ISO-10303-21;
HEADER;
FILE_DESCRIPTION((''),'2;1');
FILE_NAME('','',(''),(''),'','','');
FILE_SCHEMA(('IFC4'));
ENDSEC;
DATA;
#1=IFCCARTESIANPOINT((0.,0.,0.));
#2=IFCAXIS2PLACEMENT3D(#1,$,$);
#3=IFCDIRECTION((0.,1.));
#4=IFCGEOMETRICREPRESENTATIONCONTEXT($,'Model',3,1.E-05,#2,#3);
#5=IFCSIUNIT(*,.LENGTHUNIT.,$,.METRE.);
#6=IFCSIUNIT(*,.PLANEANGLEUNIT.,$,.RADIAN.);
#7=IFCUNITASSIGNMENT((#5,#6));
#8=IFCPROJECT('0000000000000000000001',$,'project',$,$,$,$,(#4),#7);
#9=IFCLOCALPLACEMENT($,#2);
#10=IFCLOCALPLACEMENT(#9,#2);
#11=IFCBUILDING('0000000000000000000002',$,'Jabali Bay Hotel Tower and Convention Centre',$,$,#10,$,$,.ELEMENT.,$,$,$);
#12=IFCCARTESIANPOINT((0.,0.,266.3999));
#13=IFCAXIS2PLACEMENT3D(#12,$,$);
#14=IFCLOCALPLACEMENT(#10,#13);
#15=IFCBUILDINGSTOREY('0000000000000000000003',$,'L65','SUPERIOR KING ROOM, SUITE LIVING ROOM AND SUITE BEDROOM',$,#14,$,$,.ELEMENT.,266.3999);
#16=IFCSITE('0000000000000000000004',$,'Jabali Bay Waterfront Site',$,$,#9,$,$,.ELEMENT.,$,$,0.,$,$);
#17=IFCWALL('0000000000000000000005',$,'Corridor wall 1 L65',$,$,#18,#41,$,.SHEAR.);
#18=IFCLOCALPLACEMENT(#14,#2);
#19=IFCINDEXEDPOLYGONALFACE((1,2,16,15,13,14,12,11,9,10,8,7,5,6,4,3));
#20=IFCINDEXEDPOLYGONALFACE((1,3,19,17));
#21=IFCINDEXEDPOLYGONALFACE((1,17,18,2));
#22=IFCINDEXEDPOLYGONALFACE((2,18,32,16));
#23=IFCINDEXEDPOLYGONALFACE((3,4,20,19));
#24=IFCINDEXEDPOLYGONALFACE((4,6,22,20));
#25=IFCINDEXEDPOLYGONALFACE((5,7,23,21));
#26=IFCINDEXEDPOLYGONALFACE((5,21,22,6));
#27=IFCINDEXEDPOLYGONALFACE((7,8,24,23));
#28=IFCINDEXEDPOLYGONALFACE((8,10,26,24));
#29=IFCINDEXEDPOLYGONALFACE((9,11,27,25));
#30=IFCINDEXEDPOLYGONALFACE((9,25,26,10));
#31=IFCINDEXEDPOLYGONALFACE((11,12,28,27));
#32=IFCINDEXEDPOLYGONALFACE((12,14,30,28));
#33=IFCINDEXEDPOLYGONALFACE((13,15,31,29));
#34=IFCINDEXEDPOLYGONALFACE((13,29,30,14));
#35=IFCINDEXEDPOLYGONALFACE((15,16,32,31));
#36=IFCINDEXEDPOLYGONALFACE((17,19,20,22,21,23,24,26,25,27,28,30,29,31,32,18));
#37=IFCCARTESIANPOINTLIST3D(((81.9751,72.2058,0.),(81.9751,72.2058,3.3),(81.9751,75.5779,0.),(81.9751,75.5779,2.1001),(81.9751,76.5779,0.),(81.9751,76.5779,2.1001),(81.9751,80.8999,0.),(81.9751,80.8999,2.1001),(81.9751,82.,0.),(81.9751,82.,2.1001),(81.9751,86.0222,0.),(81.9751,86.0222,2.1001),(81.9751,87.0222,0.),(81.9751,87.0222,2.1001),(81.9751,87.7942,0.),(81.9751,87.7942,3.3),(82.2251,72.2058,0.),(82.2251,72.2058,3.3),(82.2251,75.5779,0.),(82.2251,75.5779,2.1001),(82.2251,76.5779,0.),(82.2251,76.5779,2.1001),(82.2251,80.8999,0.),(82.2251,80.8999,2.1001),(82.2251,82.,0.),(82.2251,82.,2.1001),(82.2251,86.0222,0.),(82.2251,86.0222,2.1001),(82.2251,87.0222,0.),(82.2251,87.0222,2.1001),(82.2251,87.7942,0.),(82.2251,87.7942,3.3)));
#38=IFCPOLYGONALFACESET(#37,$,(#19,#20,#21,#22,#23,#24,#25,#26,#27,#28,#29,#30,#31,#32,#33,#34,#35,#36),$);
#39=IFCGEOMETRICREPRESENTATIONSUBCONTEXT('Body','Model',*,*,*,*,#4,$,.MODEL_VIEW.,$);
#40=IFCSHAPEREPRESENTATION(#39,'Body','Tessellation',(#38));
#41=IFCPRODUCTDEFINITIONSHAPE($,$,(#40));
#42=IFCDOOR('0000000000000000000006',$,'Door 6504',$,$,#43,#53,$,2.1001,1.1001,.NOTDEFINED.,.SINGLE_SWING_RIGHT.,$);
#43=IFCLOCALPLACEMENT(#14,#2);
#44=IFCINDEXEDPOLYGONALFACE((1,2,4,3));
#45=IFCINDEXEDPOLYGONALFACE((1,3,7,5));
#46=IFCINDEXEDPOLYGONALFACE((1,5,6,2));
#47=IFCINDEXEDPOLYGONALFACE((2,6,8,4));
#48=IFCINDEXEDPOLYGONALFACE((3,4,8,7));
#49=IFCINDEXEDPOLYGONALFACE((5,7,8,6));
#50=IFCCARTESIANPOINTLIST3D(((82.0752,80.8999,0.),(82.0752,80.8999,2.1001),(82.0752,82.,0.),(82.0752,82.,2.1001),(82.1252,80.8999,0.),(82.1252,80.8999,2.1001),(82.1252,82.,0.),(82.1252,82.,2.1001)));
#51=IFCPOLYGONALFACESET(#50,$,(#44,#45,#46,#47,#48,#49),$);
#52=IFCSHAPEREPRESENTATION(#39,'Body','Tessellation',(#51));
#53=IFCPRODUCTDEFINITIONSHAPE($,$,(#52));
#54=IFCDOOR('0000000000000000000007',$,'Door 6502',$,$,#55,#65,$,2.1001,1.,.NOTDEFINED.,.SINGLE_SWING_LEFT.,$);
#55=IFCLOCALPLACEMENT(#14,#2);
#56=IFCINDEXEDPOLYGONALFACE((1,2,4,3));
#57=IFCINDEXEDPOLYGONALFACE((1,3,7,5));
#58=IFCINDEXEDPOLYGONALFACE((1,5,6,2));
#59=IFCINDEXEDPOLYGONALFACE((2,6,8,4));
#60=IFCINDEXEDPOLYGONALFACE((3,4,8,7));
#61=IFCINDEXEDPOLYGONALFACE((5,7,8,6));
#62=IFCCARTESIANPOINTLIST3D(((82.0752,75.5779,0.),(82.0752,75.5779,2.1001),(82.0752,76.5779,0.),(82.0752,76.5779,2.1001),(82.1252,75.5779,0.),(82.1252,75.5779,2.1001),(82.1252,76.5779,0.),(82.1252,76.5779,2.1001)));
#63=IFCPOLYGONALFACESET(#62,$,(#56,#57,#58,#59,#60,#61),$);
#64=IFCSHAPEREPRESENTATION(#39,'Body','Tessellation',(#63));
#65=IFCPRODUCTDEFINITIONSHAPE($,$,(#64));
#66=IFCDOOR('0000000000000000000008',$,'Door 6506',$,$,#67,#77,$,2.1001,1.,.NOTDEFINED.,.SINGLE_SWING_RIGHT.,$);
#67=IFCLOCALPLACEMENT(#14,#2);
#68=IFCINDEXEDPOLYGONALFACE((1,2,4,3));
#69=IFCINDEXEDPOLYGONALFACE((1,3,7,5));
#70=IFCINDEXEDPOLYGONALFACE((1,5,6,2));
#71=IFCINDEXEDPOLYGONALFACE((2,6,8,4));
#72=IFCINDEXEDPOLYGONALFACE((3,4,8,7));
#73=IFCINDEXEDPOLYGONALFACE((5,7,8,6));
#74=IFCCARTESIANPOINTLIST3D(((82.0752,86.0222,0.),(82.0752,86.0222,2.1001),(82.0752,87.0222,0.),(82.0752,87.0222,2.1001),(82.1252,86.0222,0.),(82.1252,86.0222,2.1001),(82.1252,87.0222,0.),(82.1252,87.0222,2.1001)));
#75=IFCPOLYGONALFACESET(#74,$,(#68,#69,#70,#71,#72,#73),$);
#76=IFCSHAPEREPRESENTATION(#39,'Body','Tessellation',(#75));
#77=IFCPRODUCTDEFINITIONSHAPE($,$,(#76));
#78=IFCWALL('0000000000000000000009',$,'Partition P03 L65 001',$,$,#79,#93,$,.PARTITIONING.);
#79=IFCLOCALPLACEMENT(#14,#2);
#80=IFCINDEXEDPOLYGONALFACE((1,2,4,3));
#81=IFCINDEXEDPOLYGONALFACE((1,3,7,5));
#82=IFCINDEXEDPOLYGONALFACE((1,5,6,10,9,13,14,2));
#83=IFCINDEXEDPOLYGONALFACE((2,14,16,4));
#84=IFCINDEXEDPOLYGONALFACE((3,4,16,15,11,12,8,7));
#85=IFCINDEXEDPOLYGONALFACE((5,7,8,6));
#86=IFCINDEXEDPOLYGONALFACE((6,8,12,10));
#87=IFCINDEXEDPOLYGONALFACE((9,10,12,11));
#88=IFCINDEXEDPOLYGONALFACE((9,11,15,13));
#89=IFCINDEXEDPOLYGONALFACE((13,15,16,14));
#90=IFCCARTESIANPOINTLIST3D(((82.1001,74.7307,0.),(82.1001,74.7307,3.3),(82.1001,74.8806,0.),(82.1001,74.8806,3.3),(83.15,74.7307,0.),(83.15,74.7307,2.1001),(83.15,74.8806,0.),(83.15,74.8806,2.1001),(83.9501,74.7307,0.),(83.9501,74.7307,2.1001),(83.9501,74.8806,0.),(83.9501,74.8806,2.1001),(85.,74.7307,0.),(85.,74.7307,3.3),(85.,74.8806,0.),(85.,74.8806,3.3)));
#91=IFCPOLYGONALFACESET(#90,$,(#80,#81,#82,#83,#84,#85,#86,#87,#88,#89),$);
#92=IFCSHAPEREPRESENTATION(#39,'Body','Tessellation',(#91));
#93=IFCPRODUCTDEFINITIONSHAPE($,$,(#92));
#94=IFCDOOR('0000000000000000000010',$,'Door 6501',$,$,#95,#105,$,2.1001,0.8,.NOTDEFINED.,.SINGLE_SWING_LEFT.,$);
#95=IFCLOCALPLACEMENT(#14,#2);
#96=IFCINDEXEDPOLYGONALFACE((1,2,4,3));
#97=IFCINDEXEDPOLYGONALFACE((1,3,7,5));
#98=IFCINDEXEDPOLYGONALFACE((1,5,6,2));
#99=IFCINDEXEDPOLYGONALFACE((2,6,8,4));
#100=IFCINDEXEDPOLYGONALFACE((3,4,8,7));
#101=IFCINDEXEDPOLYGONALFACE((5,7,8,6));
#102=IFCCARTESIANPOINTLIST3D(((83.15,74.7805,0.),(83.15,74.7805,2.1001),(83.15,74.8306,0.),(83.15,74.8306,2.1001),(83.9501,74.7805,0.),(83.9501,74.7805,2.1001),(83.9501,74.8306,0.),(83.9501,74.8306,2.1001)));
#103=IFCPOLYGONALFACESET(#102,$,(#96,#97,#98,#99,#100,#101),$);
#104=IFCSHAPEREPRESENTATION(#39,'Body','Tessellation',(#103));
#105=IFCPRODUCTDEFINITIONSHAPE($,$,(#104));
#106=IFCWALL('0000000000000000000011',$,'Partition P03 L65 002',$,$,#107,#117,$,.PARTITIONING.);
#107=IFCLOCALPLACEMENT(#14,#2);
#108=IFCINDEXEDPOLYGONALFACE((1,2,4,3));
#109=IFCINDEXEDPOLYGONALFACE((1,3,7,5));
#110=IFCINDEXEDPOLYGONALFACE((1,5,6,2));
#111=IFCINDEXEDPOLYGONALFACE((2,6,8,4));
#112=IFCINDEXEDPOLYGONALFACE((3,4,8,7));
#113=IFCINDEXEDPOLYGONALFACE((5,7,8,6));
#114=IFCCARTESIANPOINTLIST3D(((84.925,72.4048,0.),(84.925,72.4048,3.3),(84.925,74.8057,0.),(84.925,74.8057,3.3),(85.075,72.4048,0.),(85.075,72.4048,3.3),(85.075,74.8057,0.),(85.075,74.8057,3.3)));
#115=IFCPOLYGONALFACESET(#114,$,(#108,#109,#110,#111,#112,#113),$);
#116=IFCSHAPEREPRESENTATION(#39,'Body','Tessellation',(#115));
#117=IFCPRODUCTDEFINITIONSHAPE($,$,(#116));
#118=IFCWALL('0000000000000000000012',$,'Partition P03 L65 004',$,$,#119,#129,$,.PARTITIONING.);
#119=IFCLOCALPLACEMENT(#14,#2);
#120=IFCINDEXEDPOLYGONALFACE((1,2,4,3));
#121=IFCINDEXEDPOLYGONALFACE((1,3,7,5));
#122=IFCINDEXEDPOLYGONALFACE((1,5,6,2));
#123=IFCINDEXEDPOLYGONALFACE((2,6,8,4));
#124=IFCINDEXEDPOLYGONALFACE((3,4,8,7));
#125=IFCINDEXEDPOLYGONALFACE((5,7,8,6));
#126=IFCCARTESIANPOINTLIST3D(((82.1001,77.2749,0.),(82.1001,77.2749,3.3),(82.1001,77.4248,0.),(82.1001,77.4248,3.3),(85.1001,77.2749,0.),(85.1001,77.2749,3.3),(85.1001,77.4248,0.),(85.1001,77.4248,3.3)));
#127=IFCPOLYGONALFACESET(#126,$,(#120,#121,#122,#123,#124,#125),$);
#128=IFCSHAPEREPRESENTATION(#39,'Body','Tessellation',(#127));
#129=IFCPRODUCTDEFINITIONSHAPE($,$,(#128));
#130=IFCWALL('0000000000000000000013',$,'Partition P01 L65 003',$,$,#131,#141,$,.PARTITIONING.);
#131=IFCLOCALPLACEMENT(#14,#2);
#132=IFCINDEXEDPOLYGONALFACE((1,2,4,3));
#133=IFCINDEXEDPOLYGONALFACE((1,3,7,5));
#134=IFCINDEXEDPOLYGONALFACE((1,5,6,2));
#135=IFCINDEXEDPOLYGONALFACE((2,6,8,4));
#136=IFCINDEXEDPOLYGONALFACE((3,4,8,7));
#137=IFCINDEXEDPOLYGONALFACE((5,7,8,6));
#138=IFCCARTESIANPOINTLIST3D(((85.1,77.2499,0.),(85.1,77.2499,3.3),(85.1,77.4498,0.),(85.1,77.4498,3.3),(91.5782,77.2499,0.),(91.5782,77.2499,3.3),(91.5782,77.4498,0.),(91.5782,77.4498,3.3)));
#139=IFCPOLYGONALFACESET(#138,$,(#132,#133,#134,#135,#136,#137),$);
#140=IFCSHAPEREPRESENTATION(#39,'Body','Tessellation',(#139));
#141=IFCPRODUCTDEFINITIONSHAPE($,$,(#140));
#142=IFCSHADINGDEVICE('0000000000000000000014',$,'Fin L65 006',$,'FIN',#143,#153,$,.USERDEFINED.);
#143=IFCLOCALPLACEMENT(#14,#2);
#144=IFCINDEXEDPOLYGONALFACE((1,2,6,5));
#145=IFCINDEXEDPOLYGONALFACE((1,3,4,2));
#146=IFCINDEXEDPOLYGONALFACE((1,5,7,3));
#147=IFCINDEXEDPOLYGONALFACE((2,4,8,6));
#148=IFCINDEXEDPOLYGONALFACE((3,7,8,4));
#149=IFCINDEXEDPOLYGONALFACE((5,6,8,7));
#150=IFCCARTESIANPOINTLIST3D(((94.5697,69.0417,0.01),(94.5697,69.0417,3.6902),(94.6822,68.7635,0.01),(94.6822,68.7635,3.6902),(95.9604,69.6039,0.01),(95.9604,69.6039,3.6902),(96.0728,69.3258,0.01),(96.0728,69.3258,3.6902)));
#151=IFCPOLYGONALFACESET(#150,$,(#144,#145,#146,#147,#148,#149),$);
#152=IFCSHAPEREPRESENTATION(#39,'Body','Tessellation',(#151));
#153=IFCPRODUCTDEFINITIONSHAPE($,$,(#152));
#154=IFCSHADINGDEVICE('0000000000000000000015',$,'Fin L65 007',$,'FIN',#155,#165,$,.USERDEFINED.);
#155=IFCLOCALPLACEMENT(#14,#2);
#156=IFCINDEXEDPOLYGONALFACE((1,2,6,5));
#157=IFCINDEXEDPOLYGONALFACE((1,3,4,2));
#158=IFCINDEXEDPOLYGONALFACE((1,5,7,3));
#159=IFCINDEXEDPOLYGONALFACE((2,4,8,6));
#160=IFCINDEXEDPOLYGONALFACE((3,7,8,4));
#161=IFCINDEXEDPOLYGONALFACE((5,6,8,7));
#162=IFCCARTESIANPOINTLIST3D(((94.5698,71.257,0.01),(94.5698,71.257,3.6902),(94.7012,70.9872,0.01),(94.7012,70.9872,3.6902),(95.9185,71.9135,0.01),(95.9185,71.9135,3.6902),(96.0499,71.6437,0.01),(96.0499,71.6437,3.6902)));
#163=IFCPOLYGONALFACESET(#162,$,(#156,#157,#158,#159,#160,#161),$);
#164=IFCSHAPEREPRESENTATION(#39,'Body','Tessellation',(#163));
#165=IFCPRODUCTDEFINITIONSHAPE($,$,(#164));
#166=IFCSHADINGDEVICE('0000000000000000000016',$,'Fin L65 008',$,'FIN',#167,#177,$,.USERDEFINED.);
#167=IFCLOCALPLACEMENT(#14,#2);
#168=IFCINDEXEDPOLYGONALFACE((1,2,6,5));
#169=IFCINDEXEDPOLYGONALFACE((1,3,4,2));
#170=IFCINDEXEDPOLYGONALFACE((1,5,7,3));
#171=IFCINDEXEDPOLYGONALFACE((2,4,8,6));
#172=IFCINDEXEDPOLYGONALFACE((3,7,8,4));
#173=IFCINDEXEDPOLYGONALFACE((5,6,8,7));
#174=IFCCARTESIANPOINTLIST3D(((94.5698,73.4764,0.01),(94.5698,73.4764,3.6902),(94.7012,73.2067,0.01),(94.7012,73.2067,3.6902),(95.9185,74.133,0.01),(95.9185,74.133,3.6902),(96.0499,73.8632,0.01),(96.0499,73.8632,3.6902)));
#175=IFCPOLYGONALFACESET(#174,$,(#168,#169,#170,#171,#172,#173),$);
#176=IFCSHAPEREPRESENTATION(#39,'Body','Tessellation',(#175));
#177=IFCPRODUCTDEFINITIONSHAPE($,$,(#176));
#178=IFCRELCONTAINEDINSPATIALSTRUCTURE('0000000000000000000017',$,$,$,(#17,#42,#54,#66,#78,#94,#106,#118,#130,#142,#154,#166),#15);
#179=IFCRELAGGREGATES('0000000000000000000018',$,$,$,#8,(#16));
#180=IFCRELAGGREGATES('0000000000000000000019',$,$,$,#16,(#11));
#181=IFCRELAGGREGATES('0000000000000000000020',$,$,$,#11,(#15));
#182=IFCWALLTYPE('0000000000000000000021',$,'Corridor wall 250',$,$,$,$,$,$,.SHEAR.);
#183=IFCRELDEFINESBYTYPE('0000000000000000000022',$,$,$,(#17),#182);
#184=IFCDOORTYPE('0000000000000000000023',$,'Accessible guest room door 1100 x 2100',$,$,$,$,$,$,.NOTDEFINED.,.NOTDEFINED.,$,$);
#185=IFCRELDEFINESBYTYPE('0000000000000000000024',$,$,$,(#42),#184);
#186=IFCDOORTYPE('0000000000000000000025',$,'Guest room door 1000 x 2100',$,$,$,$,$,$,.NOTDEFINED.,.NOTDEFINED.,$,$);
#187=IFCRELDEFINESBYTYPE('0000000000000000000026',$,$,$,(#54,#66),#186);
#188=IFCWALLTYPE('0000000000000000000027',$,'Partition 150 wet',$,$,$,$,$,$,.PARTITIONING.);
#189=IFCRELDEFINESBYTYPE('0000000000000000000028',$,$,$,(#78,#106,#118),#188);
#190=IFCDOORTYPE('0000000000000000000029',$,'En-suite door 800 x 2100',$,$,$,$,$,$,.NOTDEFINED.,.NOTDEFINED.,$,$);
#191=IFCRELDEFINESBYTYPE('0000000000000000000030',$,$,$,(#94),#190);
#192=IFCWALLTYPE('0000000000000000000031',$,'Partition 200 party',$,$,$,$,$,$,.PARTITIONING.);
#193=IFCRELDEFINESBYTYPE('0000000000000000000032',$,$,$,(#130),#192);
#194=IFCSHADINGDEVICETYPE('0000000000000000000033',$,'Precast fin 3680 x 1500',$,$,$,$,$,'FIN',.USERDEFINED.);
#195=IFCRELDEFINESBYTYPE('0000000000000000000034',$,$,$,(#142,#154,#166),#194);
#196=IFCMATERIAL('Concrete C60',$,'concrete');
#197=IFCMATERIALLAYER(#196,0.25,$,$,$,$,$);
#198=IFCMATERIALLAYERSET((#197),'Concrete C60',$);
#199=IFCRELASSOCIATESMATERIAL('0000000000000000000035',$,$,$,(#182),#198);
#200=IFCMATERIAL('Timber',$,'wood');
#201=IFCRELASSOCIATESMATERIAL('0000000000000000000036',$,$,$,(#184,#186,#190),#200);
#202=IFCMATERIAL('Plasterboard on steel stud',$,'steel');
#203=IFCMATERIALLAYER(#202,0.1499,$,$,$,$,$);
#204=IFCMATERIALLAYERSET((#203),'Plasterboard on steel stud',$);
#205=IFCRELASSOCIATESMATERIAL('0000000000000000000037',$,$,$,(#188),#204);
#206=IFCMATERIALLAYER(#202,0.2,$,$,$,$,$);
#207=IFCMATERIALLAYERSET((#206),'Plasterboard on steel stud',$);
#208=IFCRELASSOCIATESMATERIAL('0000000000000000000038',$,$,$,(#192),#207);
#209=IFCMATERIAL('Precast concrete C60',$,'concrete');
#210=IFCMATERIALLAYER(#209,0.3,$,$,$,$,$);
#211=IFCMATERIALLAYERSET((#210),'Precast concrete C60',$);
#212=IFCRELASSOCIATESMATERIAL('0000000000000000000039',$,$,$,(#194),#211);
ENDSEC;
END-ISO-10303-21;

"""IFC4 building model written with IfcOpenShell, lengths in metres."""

from ifc_helpers import new_model, si_unit, direction, frame, frame_2d, origin, place, context, subcontext, project, spatial, rectangle, extrude, material, layer, layer_set, type_object, element, fill, save


model = new_model("IFC4")

# Units and contexts
model_context = context("Model", 3, precision=1e-05, world=origin(), true_north=direction((0.0, 1.0)))
body_context = subcontext(model_context, "Body", "Model", "MODEL_VIEW")
ifc_project = project(units=[si_unit("LENGTHUNIT", "METRE"), si_unit("PLANEANGLEUNIT", "RADIAN")], contexts=[model_context])

# Site, building, storey
site_placement = place(None, origin())
site = spatial("IfcSite", under=ifc_project, at=site_placement, Name="Jabali Bay Waterfront Site", CompositionType="ELEMENT", RefElevation=0.0)
building_placement = place(site_placement, origin())
building = spatial("IfcBuilding", under=site, at=building_placement, Name="Jabali Bay Hotel Tower and Convention Centre", CompositionType="ELEMENT")
storey_placement = place(building_placement, frame((0.0, 0.0, 266.3999)))
storey = spatial("IfcBuildingStorey", under=building, at=storey_placement, Name="L65", Description="SUPERIOR KING ROOM, SUITE LIVING ROOM AND SUITE BEDROOM", CompositionType="ELEMENT", Elevation=266.3999)

# Shared definitions
ifc_material_1 = material(Name="Concrete C60", Category="concrete")

# Wall, openings, doors
ifc_layer_1 = layer(ifc_material_1, 0.25)
ifc_layer_set_1 = layer_set([ifc_layer_1], Name="Concrete C60")
wall_type_1 = type_object("IfcWallType", Name="Corridor wall 250", PredefinedType="SHEAR", material=ifc_layer_set_1)
wall_1_placement = place(storey_placement, frame((82.1001, 72.2058, 0.0), z_axis=(0.0, 0.0, 1.0), x_axis=(0.0, 1.0, 0.0)))
wall_1 = element("IfcWall", 1, at=wall_1_placement, inside=storey, type_object=wall_type_1, Name="Corridor wall 1 L65", PredefinedType="SHEAR", context=body_context, shape_type="SweptSolid", body=[
    extrude(rectangle(XDim=15.5884, YDim=0.25, at=frame_2d((7.7942, 0.0))), origin(), (0.0, 0.0, 1.0), 3.3),
])
opening_1_placement = place(wall_1_placement, frame((3.3721, 0.0, 0.0)))
opening_1 = element("IfcOpeningElement", 2, at=opening_1_placement, cuts=wall_1, PredefinedType="OPENING", context=body_context, shape_type="SweptSolid", body=[
    extrude(rectangle(XDim=1.0, YDim=2.1001, at=frame_2d((0.5, 1.05))), frame((0.0, 0.1355, 0.0), z_axis=(0.0, -1.0, 0.0), x_axis=(1.0, 0.0, 0.0)), (0.0, 0.0, 1.0), 0.271),
])
opening_2_placement = place(wall_1_placement, frame((8.6941, 0.0, 0.0)))
opening_2 = element("IfcOpeningElement", 3, at=opening_2_placement, cuts=wall_1, PredefinedType="OPENING", context=body_context, shape_type="SweptSolid", body=[
    extrude(rectangle(XDim=1.1001, YDim=2.1001, at=frame_2d((0.55, 1.05))), frame((0.0, 0.1355, 0.0), z_axis=(0.0, -1.0, 0.0), x_axis=(1.0, 0.0, 0.0)), (0.0, 0.0, 1.0), 0.271),
])
opening_3_placement = place(wall_1_placement, frame((13.8164, 0.0, 0.0)))
opening_3 = element("IfcOpeningElement", 4, at=opening_3_placement, cuts=wall_1, PredefinedType="OPENING", context=body_context, shape_type="SweptSolid", body=[
    extrude(rectangle(XDim=1.0, YDim=2.1001, at=frame_2d((0.5, 1.05))), frame((0.0, 0.1355, 0.0), z_axis=(0.0, -1.0, 0.0), x_axis=(1.0, 0.0, 0.0)), (0.0, 0.0, 1.0), 0.271),
])
ifc_material_2 = material(Name="Timber", Category="wood")
door_type_1 = type_object("IfcDoorType", Name="Accessible guest room door 1100 x 2100", OperationType="NOTDEFINED", PredefinedType="NOTDEFINED", material=ifc_material_2)
door_1_placement = place(opening_2_placement, origin())
door_1 = element("IfcDoor", 5, at=door_1_placement, inside=storey, type_object=door_type_1, Name="Door 6504", OperationType="SINGLE_SWING_RIGHT", OverallHeight=2.1001, OverallWidth=1.1001, PredefinedType="NOTDEFINED", context=body_context, shape_type="SweptSolid", body=[
    extrude(rectangle(XDim=1.1001, YDim=2.1001, at=frame_2d((0.55, 1.05))), frame((0.0, 0.0249, 0.0), z_axis=(0.0, -1.0, 0.0), x_axis=(1.0, 0.0, 0.0)), (0.0, 0.0, 1.0), 0.05),
])
fill(opening_2, door_1)
door_type_2 = type_object("IfcDoorType", Name="Guest room door 1000 x 2100", OperationType="NOTDEFINED", PredefinedType="NOTDEFINED", material=ifc_material_2)
door_2_placement = place(opening_1_placement, origin())
door_2 = element("IfcDoor", 6, at=door_2_placement, inside=storey, type_object=door_type_2, Name="Door 6502", OperationType="SINGLE_SWING_LEFT", OverallHeight=2.1001, OverallWidth=1.0, PredefinedType="NOTDEFINED", context=body_context, shape_type="SweptSolid", body=[
    extrude(rectangle(XDim=1.0, YDim=2.1001, at=frame_2d((0.5, 1.05))), frame((0.0, 0.0249, 0.0), z_axis=(0.0, -1.0, 0.0), x_axis=(1.0, 0.0, 0.0)), (0.0, 0.0, 1.0), 0.05),
])
fill(opening_1, door_2)
door_3_placement = place(opening_3_placement, origin())
door_3 = element("IfcDoor", 7, at=door_3_placement, inside=storey, type_object=door_type_2, Name="Door 6506", OperationType="SINGLE_SWING_RIGHT", OverallHeight=2.1001, OverallWidth=1.0, PredefinedType="NOTDEFINED", context=body_context, shape_type="SweptSolid", body=[
    extrude(rectangle(XDim=1.0, YDim=2.1001, at=frame_2d((0.5, 1.05))), frame((0.0, 0.0249, 0.0), z_axis=(0.0, -1.0, 0.0), x_axis=(1.0, 0.0, 0.0)), (0.0, 0.0, 1.0), 0.05),
])
fill(opening_3, door_3)

# Wall, opening, door
ifc_material_3 = material(Name="Plasterboard on steel stud", Category="steel")
ifc_layer_2 = layer(ifc_material_3, 0.1499)
ifc_layer_set_2 = layer_set([ifc_layer_2], Name="Plasterboard on steel stud")
wall_type_2 = type_object("IfcWallType", Name="Partition 150 wet", PredefinedType="PARTITIONING", material=ifc_layer_set_2)
wall_2_placement = place(storey_placement, frame((82.1001, 74.8057, 0.0), z_axis=(0.0, 0.0, 1.0), x_axis=(1.0, 0.0, 0.0)))
wall_2 = element("IfcWall", 8, at=wall_2_placement, inside=storey, type_object=wall_type_2, Name="Partition P03 L65 001", PredefinedType="PARTITIONING", context=body_context, shape_type="SweptSolid", body=[
    extrude(rectangle(XDim=2.8999, YDim=0.1499, at=frame_2d((1.45, 0.0))), origin(), (0.0, 0.0, 1.0), 3.3),
])
opening_4_placement = place(wall_2_placement, frame((1.05, 0.0, 0.0)))
opening_4 = element("IfcOpeningElement", 9, at=opening_4_placement, cuts=wall_2, PredefinedType="OPENING", context=body_context, shape_type="SweptSolid", body=[
    extrude(rectangle(XDim=0.8, YDim=2.1001, at=frame_2d((0.3999, 1.05))), frame((0.0, 0.0854, 0.0), z_axis=(0.0, -1.0, 0.0), x_axis=(1.0, 0.0, 0.0)), (0.0, 0.0, 1.0), 0.1709),
])
door_type_3 = type_object("IfcDoorType", Name="En-suite door 800 x 2100", OperationType="NOTDEFINED", PredefinedType="NOTDEFINED", material=ifc_material_2)
door_4_placement = place(opening_4_placement, origin())
door_4 = element("IfcDoor", 10, at=door_4_placement, inside=storey, type_object=door_type_3, Name="Door 6501", OperationType="SINGLE_SWING_LEFT", OverallHeight=2.1001, OverallWidth=0.8, PredefinedType="NOTDEFINED", context=body_context, shape_type="SweptSolid", body=[
    extrude(rectangle(XDim=0.8, YDim=2.1001, at=frame_2d((0.3999, 1.05))), frame((0.0, 0.0249, 0.0), z_axis=(0.0, -1.0, 0.0), x_axis=(1.0, 0.0, 0.0)), (0.0, 0.0, 1.0), 0.05),
])
fill(opening_4, door_4)

# Walls
wall_3_placement = place(storey_placement, frame((85.0, 74.8057, 0.0), z_axis=(0.0, 0.0, 1.0), x_axis=(0.0, -1.0, 0.0)))
element("IfcWall", 11, at=wall_3_placement, inside=storey, type_object=wall_type_2, Name="Partition P03 L65 002", PredefinedType="PARTITIONING", context=body_context, shape_type="SweptSolid", body=[
    extrude(rectangle(XDim=2.4009, YDim=0.1499, at=frame_2d((1.2004, 0.0))), origin(), (0.0, 0.0, 1.0), 3.3),
])
wall_4_placement = place(storey_placement, frame((85.1001, 77.3499, 0.0), z_axis=(0.0, 0.0, 1.0), x_axis=(-1.0, 0.0, 0.0)))
element("IfcWall", 12, at=wall_4_placement, inside=storey, type_object=wall_type_2, Name="Partition P03 L65 004", PredefinedType="PARTITIONING", context=body_context, shape_type="SweptSolid", body=[
    extrude(rectangle(XDim=3.0, YDim=0.1499, at=frame_2d((1.5, 0.0))), origin(), (0.0, 0.0, 1.0), 3.3),
])
ifc_layer_3 = layer(ifc_material_3, 0.2)
ifc_layer_set_3 = layer_set([ifc_layer_3], Name="Plasterboard on steel stud")
wall_type_3 = type_object("IfcWallType", Name="Partition 200 party", PredefinedType="PARTITIONING", material=ifc_layer_set_3)
wall_5_placement = place(storey_placement, frame((91.5784, 77.3499, 0.0), z_axis=(0.0, 0.0, 1.0), x_axis=(-1.0, 0.0, 0.0)))
element("IfcWall", 13, at=wall_5_placement, inside=storey, type_object=wall_type_3, Name="Partition P01 L65 003", PredefinedType="PARTITIONING", context=body_context, shape_type="SweptSolid", body=[
    extrude(rectangle(XDim=6.4783, YDim=0.2, at=frame_2d((3.2393, 0.0))), origin(), (0.0, 0.0, 1.0), 3.3),
])

# Shading devices
ifc_material_4 = material(Name="Precast concrete C60", Category="concrete")
ifc_layer_4 = layer(ifc_material_4, 0.3)
ifc_layer_set_4 = layer_set([ifc_layer_4], Name="Precast concrete C60")
shading_device_type = type_object("IfcShadingDeviceType", Name="Precast fin 3680 x 1500", ElementType="FIN", PredefinedType="USERDEFINED", material=ifc_layer_set_4)
for number, where, z_axis, x_axis, name in (
    (14, (94.626, 68.9026, 0.01), (0.0, 0.0, 1.0), (0.92709, 0.37484, 0.0), "Fin L65 006"),
    (15, (94.6355, 71.1221, 0.01), (0.0, 0.0, 1.0), (0.899129, 0.437683, 0.0), "Fin L65 007"),
    (16, (94.6355, 73.3416, 0.01), (0.0, 0.0, 1.0), (0.899129, 0.437683, 0.0), "Fin L65 008"),
):
    element("IfcShadingDevice", number, at=place(storey_placement, frame(where, z_axis=z_axis, x_axis=x_axis)), inside=storey, type_object=shading_device_type, Name=name, ObjectType="FIN", PredefinedType="USERDEFINED", context=body_context, shape_type="SweptSolid", body=[
        extrude(rectangle(XDim=1.5, YDim=0.3, at=frame_2d((0.75, 0.0))), origin(), (0.0, 0.0, 1.0), 3.6802),
    ])

save(model, "model.ifc")
